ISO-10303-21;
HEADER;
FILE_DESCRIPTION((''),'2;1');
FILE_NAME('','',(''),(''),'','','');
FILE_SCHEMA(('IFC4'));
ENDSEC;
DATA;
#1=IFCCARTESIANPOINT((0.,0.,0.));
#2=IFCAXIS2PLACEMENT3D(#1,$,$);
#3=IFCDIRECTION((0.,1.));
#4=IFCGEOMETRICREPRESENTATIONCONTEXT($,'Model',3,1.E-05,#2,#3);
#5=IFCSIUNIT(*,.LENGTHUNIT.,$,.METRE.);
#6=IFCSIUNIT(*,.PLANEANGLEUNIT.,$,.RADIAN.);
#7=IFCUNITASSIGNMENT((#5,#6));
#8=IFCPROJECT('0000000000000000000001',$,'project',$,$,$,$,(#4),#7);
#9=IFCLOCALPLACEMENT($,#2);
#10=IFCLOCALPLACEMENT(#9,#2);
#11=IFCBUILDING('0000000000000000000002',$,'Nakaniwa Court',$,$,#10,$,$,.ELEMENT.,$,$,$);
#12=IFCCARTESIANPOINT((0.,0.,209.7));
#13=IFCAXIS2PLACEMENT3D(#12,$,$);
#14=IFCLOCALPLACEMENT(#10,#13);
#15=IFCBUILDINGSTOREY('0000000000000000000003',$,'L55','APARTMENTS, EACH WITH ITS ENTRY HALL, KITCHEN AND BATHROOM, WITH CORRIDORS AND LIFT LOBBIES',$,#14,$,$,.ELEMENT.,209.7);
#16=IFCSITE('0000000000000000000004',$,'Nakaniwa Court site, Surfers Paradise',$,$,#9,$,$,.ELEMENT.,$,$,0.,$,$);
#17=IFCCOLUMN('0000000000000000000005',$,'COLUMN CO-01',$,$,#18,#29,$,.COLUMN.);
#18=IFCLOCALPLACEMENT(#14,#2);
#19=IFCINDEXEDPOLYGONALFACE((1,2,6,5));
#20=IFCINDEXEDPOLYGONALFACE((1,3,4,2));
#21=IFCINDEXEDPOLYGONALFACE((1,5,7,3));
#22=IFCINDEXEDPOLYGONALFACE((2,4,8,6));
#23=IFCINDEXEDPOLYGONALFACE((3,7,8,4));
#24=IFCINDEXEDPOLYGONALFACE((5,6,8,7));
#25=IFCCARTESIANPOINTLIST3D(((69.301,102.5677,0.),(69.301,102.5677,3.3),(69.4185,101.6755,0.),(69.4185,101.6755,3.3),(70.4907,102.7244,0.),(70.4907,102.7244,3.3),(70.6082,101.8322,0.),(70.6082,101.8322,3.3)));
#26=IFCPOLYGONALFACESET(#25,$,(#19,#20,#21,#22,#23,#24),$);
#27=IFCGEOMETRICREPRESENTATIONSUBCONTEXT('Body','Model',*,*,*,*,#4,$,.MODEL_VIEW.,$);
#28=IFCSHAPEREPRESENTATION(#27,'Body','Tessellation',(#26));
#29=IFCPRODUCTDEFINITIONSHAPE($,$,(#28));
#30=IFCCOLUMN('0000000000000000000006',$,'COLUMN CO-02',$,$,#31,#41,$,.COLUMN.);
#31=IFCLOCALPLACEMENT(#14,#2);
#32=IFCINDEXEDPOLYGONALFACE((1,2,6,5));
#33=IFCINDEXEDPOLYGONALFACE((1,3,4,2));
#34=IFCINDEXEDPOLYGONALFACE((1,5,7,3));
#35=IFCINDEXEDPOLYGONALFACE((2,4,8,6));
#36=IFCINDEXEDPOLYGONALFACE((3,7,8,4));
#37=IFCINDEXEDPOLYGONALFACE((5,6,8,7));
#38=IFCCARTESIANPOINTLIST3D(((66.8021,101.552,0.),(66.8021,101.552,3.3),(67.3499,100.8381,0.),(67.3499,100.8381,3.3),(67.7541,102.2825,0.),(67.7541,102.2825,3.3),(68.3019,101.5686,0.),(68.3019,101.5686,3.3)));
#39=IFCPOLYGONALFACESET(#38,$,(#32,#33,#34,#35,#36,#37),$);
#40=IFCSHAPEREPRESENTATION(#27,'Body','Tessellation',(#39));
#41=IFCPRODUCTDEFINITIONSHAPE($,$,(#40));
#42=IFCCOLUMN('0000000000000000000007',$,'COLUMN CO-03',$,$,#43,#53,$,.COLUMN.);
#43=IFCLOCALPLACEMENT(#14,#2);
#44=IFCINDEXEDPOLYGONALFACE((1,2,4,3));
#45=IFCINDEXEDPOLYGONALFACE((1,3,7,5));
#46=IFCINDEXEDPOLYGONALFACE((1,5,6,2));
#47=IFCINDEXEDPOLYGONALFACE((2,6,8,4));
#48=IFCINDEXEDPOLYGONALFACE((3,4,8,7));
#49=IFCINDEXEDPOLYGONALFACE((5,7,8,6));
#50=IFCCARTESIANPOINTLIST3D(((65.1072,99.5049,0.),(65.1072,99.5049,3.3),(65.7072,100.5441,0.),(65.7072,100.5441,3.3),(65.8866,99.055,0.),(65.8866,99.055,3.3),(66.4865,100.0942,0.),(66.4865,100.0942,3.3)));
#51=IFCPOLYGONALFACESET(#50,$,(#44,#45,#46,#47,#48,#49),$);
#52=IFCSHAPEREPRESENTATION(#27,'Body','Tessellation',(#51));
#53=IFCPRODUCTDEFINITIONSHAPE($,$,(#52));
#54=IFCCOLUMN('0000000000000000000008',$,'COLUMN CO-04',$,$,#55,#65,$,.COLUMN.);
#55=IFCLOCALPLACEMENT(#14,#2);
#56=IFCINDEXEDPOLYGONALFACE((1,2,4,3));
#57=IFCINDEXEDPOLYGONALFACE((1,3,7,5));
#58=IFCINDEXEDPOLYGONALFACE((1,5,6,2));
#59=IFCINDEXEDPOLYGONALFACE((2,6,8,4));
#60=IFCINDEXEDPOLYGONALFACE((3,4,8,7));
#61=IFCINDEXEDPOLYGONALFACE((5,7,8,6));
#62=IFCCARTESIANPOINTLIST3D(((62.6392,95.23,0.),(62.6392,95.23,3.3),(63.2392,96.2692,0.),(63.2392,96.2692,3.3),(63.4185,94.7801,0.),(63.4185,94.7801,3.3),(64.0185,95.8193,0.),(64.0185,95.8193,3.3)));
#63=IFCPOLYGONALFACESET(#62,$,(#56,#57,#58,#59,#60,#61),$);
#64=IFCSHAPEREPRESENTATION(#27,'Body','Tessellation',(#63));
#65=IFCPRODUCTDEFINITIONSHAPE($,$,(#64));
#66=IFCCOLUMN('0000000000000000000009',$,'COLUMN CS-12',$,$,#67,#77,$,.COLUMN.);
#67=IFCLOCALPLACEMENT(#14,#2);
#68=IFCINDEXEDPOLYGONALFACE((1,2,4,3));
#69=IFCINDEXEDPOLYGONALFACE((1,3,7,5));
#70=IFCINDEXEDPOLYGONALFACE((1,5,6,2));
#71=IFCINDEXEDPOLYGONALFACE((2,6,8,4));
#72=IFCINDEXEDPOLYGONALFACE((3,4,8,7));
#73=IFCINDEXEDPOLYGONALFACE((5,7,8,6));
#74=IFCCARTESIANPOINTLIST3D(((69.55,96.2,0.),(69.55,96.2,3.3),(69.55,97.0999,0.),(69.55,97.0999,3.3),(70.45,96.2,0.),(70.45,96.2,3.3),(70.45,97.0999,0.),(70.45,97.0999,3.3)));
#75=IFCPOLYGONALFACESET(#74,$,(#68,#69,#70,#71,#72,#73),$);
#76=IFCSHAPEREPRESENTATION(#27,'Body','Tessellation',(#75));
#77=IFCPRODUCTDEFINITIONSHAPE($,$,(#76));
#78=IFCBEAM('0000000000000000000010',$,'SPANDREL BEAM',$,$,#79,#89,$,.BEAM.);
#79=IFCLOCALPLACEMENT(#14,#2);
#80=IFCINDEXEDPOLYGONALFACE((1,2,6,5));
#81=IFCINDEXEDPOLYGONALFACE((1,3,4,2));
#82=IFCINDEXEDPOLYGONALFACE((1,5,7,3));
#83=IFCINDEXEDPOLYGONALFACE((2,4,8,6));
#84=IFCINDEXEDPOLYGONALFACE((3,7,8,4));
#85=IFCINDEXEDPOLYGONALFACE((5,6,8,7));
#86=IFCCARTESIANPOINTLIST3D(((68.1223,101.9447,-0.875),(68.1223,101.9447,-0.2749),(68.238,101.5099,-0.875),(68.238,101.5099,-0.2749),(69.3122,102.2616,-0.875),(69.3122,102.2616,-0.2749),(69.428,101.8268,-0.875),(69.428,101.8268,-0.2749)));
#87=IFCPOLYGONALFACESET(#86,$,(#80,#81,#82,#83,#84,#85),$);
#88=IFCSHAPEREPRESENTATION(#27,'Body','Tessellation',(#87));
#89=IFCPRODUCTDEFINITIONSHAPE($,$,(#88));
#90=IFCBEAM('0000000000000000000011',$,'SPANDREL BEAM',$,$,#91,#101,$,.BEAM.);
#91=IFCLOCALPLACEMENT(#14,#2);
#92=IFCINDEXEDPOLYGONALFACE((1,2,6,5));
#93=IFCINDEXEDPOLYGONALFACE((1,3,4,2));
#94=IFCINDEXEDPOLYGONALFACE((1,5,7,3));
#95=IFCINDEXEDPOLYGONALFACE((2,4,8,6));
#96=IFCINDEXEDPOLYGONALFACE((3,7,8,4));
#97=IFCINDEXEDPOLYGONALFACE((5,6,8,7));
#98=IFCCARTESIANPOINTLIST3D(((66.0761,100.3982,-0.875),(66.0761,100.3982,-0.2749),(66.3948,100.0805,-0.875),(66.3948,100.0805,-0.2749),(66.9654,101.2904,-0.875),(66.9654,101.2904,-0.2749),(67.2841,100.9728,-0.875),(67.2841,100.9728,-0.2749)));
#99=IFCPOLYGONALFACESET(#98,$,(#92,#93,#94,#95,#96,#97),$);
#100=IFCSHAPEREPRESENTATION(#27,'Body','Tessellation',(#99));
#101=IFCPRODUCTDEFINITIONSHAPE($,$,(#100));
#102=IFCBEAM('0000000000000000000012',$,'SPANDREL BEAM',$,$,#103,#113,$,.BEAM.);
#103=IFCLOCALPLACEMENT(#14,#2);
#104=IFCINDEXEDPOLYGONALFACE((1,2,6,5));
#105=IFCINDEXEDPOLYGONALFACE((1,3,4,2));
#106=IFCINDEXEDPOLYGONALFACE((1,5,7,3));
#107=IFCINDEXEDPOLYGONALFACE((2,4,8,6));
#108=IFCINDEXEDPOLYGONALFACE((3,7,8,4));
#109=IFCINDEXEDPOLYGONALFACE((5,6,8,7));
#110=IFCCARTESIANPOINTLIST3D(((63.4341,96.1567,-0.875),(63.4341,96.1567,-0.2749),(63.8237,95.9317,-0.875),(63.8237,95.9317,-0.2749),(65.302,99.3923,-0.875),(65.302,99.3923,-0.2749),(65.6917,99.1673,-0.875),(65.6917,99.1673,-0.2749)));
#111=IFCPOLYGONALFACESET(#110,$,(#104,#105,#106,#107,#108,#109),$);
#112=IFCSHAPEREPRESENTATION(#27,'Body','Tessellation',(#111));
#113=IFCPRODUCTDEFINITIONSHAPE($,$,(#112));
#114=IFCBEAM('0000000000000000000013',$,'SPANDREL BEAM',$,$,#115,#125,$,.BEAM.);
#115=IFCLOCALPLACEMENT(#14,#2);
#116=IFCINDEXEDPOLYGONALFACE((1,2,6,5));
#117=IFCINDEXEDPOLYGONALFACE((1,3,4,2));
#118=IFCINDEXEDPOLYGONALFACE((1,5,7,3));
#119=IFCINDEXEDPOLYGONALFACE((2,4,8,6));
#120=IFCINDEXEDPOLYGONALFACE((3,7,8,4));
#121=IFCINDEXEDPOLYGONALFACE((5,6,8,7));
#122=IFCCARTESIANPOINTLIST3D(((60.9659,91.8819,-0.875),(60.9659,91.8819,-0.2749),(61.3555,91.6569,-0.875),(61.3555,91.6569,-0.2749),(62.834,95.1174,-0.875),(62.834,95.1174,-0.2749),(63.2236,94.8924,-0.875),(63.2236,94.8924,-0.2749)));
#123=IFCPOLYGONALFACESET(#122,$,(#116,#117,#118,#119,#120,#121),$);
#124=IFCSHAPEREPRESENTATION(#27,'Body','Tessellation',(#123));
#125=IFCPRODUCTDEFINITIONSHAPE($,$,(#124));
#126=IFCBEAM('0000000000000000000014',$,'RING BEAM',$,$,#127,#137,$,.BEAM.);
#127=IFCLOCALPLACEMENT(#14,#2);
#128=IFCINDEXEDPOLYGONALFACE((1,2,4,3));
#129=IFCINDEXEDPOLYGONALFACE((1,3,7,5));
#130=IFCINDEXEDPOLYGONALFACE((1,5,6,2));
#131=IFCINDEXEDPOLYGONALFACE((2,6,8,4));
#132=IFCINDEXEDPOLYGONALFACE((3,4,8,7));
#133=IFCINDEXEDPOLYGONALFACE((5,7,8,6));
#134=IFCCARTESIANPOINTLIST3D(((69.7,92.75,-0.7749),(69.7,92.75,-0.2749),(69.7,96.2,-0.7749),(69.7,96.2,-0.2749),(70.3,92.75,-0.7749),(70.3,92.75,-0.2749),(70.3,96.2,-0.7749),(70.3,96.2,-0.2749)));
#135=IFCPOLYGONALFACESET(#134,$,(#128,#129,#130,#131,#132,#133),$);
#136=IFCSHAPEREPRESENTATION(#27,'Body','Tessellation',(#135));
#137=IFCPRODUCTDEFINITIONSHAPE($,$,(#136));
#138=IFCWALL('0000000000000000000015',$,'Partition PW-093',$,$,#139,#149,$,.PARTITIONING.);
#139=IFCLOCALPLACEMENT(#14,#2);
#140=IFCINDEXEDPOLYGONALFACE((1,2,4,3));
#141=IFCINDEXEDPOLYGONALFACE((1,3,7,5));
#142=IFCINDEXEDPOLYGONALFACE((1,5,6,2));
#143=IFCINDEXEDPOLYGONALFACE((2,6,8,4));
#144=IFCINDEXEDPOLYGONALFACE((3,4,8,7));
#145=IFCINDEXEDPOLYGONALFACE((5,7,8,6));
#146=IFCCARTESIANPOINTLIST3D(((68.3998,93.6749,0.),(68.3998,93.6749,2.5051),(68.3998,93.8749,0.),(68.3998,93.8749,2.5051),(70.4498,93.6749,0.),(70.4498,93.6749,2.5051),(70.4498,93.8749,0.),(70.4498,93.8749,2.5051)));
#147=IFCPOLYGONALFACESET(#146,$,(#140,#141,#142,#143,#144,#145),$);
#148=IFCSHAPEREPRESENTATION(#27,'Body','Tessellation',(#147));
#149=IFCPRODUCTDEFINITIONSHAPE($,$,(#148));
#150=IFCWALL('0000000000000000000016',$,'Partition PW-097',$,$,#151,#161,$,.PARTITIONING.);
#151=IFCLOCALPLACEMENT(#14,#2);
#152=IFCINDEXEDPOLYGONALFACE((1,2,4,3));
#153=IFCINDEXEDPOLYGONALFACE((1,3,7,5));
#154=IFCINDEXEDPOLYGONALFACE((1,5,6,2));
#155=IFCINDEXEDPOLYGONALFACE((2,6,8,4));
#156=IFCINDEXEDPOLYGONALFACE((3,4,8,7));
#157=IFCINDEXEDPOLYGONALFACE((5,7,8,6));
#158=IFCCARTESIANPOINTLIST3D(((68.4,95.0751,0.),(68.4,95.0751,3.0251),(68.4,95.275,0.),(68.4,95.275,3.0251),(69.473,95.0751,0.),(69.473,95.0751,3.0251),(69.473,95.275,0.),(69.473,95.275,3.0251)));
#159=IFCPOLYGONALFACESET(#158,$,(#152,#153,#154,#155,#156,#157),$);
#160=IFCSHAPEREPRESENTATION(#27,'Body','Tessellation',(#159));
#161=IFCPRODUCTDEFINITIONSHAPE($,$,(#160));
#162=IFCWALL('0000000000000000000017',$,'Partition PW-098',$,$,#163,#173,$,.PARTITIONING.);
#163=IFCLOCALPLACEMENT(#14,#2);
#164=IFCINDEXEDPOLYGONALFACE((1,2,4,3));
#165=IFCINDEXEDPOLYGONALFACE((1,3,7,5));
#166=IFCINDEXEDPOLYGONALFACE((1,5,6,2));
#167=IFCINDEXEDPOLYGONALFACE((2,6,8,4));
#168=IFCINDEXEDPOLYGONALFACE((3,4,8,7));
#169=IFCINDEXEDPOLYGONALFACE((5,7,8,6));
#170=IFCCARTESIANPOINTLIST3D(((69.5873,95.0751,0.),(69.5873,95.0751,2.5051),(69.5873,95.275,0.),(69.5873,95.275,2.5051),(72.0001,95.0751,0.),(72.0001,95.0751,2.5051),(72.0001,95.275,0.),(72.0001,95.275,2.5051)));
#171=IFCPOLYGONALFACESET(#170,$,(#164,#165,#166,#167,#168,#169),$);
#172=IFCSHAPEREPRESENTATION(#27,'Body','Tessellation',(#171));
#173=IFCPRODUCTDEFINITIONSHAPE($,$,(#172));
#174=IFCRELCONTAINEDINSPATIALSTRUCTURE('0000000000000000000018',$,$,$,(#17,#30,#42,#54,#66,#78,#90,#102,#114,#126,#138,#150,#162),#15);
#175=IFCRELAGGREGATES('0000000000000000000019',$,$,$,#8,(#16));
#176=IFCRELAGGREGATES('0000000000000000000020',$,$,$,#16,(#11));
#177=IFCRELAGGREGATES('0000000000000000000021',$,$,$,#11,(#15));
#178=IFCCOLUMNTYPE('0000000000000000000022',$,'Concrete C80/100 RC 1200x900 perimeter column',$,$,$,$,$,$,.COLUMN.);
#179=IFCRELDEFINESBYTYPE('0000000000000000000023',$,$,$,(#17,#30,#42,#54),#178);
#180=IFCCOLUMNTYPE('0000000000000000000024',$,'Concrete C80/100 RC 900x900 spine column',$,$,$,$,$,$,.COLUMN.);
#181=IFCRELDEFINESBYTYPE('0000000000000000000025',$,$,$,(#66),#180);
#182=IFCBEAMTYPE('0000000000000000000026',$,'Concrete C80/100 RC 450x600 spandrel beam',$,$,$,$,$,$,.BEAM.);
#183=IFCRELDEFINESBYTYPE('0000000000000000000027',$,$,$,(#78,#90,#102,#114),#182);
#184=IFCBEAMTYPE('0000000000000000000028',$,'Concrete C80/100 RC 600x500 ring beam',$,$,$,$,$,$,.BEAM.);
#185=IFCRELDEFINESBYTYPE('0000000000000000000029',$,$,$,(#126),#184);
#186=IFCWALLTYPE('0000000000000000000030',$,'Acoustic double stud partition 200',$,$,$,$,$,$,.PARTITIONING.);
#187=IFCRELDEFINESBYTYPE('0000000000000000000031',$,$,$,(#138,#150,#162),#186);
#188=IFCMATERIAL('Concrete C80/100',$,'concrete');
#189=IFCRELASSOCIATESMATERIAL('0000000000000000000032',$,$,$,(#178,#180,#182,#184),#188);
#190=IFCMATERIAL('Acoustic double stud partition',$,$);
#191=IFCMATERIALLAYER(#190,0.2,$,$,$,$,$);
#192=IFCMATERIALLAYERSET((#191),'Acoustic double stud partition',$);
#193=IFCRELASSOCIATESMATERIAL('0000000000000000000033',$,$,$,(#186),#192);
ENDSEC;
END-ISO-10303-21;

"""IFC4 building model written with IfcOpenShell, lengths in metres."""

from ifc_helpers import new_model, si_unit, direction, frame, frame_2d, origin, origin_2d, place, context, subcontext, project, spatial, rectangle, extrude, material, layer, layer_set, material_profile, profile_set, type_object, element, save


model = new_model("IFC4")

# Units and contexts
model_context = context("Model", 3, precision=1e-05, world=origin(), true_north=direction((0.0, 1.0)))
body_context = subcontext(model_context, "Body", "Model", "MODEL_VIEW")
ifc_project = project(units=[si_unit("LENGTHUNIT", "METRE"), si_unit("PLANEANGLEUNIT", "RADIAN")], contexts=[model_context])

# Site, building, storey
site_placement = place(None, origin())
site = spatial("IfcSite", under=ifc_project, at=site_placement, Name="Nakaniwa Court site, Surfers Paradise", CompositionType="ELEMENT", RefElevation=0.0)
building_placement = place(site_placement, origin())
building = spatial("IfcBuilding", under=site, at=building_placement, Name="Nakaniwa Court", CompositionType="ELEMENT")
storey_placement = place(building_placement, frame((0.0, 0.0, 209.7)))
storey = spatial("IfcBuildingStorey", under=building, at=storey_placement, Name="L55", Description="APARTMENTS, EACH WITH ITS ENTRY HALL, KITCHEN AND BATHROOM, WITH CORRIDORS AND LIFT LOBBIES", CompositionType="ELEMENT", Elevation=209.7)

# Columns
ifc_material_1 = material(Name="Concrete C80/100", Category="concrete")
ifc_material_profile_1 = material_profile(ifc_material_1, rectangle(XDim=1.2, YDim=0.8999, at=origin_2d()), Name="Concrete C80/100 RC 1200x900 perimeter column")
ifc_profile_set_1 = profile_set([ifc_material_profile_1], Name="Concrete C80/100")
column_type_1 = type_object("IfcColumnType", Name="Concrete C80/100 RC 1200x900 perimeter column", PredefinedType="COLUMN", material=ifc_profile_set_1)
for number, where, z_axis, x_axis, name in (
    (1, (69.9546, 102.2, 0.0), (0.0, 0.0, 1.0), (-0.991443, -0.130543, 0.0), "COLUMN CO-01"),
    (2, (67.552, 101.5603, 0.0), (0.0, 0.0, 1.0), (-0.793364, -0.608748, 0.0), "COLUMN CO-02"),
    (3, (65.7969, 99.7996, 0.0), (0.0, 0.0, 1.0), (-0.5, -0.866025, 0.0), "COLUMN CO-03"),
    (4, (63.3289, 95.5247, 0.0), (0.0, 0.0, 1.0), (-0.5, -0.866025, 0.0), "COLUMN CO-04"),
):
    element("IfcColumn", number, at=place(storey_placement, frame(where, z_axis=z_axis, x_axis=x_axis)), inside=storey, type_object=column_type_1, Name=name, PredefinedType="COLUMN", context=body_context, shape_type="SweptSolid", body=[
        extrude(rectangle(XDim=1.2, YDim=0.8999, at=origin_2d()), origin(), (0.0, 0.0, 1.0), 3.3),
    ])
ifc_material_profile_2 = material_profile(ifc_material_1, rectangle(XDim=0.8999, YDim=0.8999, at=origin_2d()), Name="Concrete C80/100 RC 900x900 spine column")
ifc_profile_set_2 = profile_set([ifc_material_profile_2], Name="Concrete C80/100")
column_type_2 = type_object("IfcColumnType", Name="Concrete C80/100 RC 900x900 spine column", PredefinedType="COLUMN", material=ifc_profile_set_2)
column_placement = place(storey_placement, frame((70.0, 96.6499, 0.0), z_axis=(0.0, 0.0, 1.0), x_axis=(0.0, -1.0, 0.0)))
element("IfcColumn", 5, at=column_placement, inside=storey, type_object=column_type_2, Name="COLUMN CS-12", PredefinedType="COLUMN", context=body_context, shape_type="SweptSolid", body=[
    extrude(rectangle(XDim=0.8999, YDim=0.8999, at=origin_2d()), origin(), (0.0, 0.0, 1.0), 3.3),
])

# Beams
ifc_material_profile_3 = material_profile(ifc_material_1, rectangle(XDim=0.45, YDim=0.6001, at=origin_2d()), Name="Concrete C80/100 RC 450x600 spandrel beam")
ifc_profile_set_3 = profile_set([ifc_material_profile_3], Name="Concrete C80/100")
beam_type_1 = type_object("IfcBeamType", Name="Concrete C80/100 RC 450x600 spandrel beam", PredefinedType="BEAM", material=ifc_profile_set_3)
beam_1_placement = place(storey_placement, frame((69.3701, 102.0442, -0.575), z_axis=(-0.96632, -0.257342, 0.0), x_axis=(0.257342, -0.96632, 0.0)))
element("IfcBeam", 6, at=beam_1_placement, inside=storey, type_object=beam_type_1, Name="SPANDREL BEAM", PredefinedType="BEAM", context=body_context, shape_type="SweptSolid", body=[
    extrude(rectangle(XDim=0.45, YDim=0.6001, at=origin_2d()), origin(), (0.0, 0.0, 1.0), 1.2314),
])
beam_2_placement = place(storey_placement, frame((67.1248, 101.1316, -0.575), z_axis=(-0.705943, -0.708269, 0.0), x_axis=(0.708269, -0.705943, 0.0)))
element("IfcBeam", 7, at=beam_2_placement, inside=storey, type_object=beam_type_1, Name="SPANDREL BEAM", PredefinedType="BEAM", context=body_context, shape_type="SweptSolid", body=[
    extrude(rectangle(XDim=0.45, YDim=0.6001, at=origin_2d()), origin(), (0.0, 0.0, 1.0), 1.2598),
])
for number, where, z_axis, x_axis, name in (
    (8, (65.4968, 99.2798, -0.575), (-0.499969, -0.866043, 0.0), (0.866043, -0.499969, 0.0), "SPANDREL BEAM"),
    (9, (63.0288, 95.0049, -0.575), (-0.500018, -0.866015, 0.0), (0.866015, -0.500018, 0.0), "SPANDREL BEAM"),
):
    element("IfcBeam", number, at=place(storey_placement, frame(where, z_axis=z_axis, x_axis=x_axis)), inside=storey, type_object=beam_type_1, Name=name, PredefinedType="BEAM", context=body_context, shape_type="SweptSolid", body=[
        extrude(rectangle(XDim=0.45, YDim=0.6001, at=origin_2d()), origin(), (0.0, 0.0, 1.0), 3.7361),
    ])
ifc_material_profile_4 = material_profile(ifc_material_1, rectangle(XDim=0.6001, YDim=0.5, at=origin_2d()), Name="Concrete C80/100 RC 600x500 ring beam")
ifc_profile_set_4 = profile_set([ifc_material_profile_4], Name="Concrete C80/100")
beam_type_2 = type_object("IfcBeamType", Name="Concrete C80/100 RC 600x500 ring beam", PredefinedType="BEAM", material=ifc_profile_set_4)
beam_3_placement = place(storey_placement, frame((70.0, 96.2, -0.5249), z_axis=(0.0, -1.0, 0.0), x_axis=(1.0, 0.0, 0.0)))
element("IfcBeam", 10, at=beam_3_placement, inside=storey, type_object=beam_type_2, Name="RING BEAM", PredefinedType="BEAM", context=body_context, shape_type="SweptSolid", body=[
    extrude(rectangle(XDim=0.6001, YDim=0.5, at=origin_2d()), origin(), (0.0, 0.0, 1.0), 3.45),
])

# Walls
ifc_material_2 = material(Name="Acoustic double stud partition")
ifc_layer_1 = layer(ifc_material_2, 0.2)
ifc_layer_set_1 = layer_set([ifc_layer_1], Name="Acoustic double stud partition")
wall_type_1 = type_object("IfcWallType", Name="Acoustic double stud partition 200", PredefinedType="PARTITIONING", material=ifc_layer_set_1)
wall_1_placement = place(storey_placement, frame((68.3999, 93.7749, 0.0), z_axis=(0.0, 0.0, 1.0), x_axis=(1.0, 0.0, 0.0)))
element("IfcWall", 11, at=wall_1_placement, inside=storey, type_object=wall_type_1, Name="Partition PW-093", PredefinedType="PARTITIONING", context=body_context, shape_type="SweptSolid", body=[
    extrude(rectangle(XDim=2.05, YDim=0.2, at=frame_2d((1.0249, 0.0))), origin(), (0.0, 0.0, 1.0), 2.5051),
])
wall_2_placement = place(storey_placement, frame((68.3999, 95.175, 0.0), z_axis=(0.0, 0.0, 1.0), x_axis=(1.0, 0.0, 0.0)))
element("IfcWall", 12, at=wall_2_placement, inside=storey, type_object=wall_type_1, Name="Partition PW-097", PredefinedType="PARTITIONING", context=body_context, shape_type="SweptSolid", body=[
    extrude(rectangle(XDim=1.073, YDim=0.2, at=frame_2d((0.5366, 0.0))), origin(), (0.0, 0.0, 1.0), 3.0251),
])
wall_3_placement = place(storey_placement, frame((69.5872, 95.175, 0.0), z_axis=(0.0, 0.0, 1.0), x_axis=(1.0, 0.0, 0.0)))
element("IfcWall", 13, at=wall_3_placement, inside=storey, type_object=wall_type_1, Name="Partition PW-098", PredefinedType="PARTITIONING", context=body_context, shape_type="SweptSolid", body=[
    extrude(rectangle(XDim=2.4128, YDim=0.2, at=frame_2d((1.2065, 0.0))), origin(), (0.0, 0.0, 1.0), 2.5051),
])

save(model, "model.ifc")
